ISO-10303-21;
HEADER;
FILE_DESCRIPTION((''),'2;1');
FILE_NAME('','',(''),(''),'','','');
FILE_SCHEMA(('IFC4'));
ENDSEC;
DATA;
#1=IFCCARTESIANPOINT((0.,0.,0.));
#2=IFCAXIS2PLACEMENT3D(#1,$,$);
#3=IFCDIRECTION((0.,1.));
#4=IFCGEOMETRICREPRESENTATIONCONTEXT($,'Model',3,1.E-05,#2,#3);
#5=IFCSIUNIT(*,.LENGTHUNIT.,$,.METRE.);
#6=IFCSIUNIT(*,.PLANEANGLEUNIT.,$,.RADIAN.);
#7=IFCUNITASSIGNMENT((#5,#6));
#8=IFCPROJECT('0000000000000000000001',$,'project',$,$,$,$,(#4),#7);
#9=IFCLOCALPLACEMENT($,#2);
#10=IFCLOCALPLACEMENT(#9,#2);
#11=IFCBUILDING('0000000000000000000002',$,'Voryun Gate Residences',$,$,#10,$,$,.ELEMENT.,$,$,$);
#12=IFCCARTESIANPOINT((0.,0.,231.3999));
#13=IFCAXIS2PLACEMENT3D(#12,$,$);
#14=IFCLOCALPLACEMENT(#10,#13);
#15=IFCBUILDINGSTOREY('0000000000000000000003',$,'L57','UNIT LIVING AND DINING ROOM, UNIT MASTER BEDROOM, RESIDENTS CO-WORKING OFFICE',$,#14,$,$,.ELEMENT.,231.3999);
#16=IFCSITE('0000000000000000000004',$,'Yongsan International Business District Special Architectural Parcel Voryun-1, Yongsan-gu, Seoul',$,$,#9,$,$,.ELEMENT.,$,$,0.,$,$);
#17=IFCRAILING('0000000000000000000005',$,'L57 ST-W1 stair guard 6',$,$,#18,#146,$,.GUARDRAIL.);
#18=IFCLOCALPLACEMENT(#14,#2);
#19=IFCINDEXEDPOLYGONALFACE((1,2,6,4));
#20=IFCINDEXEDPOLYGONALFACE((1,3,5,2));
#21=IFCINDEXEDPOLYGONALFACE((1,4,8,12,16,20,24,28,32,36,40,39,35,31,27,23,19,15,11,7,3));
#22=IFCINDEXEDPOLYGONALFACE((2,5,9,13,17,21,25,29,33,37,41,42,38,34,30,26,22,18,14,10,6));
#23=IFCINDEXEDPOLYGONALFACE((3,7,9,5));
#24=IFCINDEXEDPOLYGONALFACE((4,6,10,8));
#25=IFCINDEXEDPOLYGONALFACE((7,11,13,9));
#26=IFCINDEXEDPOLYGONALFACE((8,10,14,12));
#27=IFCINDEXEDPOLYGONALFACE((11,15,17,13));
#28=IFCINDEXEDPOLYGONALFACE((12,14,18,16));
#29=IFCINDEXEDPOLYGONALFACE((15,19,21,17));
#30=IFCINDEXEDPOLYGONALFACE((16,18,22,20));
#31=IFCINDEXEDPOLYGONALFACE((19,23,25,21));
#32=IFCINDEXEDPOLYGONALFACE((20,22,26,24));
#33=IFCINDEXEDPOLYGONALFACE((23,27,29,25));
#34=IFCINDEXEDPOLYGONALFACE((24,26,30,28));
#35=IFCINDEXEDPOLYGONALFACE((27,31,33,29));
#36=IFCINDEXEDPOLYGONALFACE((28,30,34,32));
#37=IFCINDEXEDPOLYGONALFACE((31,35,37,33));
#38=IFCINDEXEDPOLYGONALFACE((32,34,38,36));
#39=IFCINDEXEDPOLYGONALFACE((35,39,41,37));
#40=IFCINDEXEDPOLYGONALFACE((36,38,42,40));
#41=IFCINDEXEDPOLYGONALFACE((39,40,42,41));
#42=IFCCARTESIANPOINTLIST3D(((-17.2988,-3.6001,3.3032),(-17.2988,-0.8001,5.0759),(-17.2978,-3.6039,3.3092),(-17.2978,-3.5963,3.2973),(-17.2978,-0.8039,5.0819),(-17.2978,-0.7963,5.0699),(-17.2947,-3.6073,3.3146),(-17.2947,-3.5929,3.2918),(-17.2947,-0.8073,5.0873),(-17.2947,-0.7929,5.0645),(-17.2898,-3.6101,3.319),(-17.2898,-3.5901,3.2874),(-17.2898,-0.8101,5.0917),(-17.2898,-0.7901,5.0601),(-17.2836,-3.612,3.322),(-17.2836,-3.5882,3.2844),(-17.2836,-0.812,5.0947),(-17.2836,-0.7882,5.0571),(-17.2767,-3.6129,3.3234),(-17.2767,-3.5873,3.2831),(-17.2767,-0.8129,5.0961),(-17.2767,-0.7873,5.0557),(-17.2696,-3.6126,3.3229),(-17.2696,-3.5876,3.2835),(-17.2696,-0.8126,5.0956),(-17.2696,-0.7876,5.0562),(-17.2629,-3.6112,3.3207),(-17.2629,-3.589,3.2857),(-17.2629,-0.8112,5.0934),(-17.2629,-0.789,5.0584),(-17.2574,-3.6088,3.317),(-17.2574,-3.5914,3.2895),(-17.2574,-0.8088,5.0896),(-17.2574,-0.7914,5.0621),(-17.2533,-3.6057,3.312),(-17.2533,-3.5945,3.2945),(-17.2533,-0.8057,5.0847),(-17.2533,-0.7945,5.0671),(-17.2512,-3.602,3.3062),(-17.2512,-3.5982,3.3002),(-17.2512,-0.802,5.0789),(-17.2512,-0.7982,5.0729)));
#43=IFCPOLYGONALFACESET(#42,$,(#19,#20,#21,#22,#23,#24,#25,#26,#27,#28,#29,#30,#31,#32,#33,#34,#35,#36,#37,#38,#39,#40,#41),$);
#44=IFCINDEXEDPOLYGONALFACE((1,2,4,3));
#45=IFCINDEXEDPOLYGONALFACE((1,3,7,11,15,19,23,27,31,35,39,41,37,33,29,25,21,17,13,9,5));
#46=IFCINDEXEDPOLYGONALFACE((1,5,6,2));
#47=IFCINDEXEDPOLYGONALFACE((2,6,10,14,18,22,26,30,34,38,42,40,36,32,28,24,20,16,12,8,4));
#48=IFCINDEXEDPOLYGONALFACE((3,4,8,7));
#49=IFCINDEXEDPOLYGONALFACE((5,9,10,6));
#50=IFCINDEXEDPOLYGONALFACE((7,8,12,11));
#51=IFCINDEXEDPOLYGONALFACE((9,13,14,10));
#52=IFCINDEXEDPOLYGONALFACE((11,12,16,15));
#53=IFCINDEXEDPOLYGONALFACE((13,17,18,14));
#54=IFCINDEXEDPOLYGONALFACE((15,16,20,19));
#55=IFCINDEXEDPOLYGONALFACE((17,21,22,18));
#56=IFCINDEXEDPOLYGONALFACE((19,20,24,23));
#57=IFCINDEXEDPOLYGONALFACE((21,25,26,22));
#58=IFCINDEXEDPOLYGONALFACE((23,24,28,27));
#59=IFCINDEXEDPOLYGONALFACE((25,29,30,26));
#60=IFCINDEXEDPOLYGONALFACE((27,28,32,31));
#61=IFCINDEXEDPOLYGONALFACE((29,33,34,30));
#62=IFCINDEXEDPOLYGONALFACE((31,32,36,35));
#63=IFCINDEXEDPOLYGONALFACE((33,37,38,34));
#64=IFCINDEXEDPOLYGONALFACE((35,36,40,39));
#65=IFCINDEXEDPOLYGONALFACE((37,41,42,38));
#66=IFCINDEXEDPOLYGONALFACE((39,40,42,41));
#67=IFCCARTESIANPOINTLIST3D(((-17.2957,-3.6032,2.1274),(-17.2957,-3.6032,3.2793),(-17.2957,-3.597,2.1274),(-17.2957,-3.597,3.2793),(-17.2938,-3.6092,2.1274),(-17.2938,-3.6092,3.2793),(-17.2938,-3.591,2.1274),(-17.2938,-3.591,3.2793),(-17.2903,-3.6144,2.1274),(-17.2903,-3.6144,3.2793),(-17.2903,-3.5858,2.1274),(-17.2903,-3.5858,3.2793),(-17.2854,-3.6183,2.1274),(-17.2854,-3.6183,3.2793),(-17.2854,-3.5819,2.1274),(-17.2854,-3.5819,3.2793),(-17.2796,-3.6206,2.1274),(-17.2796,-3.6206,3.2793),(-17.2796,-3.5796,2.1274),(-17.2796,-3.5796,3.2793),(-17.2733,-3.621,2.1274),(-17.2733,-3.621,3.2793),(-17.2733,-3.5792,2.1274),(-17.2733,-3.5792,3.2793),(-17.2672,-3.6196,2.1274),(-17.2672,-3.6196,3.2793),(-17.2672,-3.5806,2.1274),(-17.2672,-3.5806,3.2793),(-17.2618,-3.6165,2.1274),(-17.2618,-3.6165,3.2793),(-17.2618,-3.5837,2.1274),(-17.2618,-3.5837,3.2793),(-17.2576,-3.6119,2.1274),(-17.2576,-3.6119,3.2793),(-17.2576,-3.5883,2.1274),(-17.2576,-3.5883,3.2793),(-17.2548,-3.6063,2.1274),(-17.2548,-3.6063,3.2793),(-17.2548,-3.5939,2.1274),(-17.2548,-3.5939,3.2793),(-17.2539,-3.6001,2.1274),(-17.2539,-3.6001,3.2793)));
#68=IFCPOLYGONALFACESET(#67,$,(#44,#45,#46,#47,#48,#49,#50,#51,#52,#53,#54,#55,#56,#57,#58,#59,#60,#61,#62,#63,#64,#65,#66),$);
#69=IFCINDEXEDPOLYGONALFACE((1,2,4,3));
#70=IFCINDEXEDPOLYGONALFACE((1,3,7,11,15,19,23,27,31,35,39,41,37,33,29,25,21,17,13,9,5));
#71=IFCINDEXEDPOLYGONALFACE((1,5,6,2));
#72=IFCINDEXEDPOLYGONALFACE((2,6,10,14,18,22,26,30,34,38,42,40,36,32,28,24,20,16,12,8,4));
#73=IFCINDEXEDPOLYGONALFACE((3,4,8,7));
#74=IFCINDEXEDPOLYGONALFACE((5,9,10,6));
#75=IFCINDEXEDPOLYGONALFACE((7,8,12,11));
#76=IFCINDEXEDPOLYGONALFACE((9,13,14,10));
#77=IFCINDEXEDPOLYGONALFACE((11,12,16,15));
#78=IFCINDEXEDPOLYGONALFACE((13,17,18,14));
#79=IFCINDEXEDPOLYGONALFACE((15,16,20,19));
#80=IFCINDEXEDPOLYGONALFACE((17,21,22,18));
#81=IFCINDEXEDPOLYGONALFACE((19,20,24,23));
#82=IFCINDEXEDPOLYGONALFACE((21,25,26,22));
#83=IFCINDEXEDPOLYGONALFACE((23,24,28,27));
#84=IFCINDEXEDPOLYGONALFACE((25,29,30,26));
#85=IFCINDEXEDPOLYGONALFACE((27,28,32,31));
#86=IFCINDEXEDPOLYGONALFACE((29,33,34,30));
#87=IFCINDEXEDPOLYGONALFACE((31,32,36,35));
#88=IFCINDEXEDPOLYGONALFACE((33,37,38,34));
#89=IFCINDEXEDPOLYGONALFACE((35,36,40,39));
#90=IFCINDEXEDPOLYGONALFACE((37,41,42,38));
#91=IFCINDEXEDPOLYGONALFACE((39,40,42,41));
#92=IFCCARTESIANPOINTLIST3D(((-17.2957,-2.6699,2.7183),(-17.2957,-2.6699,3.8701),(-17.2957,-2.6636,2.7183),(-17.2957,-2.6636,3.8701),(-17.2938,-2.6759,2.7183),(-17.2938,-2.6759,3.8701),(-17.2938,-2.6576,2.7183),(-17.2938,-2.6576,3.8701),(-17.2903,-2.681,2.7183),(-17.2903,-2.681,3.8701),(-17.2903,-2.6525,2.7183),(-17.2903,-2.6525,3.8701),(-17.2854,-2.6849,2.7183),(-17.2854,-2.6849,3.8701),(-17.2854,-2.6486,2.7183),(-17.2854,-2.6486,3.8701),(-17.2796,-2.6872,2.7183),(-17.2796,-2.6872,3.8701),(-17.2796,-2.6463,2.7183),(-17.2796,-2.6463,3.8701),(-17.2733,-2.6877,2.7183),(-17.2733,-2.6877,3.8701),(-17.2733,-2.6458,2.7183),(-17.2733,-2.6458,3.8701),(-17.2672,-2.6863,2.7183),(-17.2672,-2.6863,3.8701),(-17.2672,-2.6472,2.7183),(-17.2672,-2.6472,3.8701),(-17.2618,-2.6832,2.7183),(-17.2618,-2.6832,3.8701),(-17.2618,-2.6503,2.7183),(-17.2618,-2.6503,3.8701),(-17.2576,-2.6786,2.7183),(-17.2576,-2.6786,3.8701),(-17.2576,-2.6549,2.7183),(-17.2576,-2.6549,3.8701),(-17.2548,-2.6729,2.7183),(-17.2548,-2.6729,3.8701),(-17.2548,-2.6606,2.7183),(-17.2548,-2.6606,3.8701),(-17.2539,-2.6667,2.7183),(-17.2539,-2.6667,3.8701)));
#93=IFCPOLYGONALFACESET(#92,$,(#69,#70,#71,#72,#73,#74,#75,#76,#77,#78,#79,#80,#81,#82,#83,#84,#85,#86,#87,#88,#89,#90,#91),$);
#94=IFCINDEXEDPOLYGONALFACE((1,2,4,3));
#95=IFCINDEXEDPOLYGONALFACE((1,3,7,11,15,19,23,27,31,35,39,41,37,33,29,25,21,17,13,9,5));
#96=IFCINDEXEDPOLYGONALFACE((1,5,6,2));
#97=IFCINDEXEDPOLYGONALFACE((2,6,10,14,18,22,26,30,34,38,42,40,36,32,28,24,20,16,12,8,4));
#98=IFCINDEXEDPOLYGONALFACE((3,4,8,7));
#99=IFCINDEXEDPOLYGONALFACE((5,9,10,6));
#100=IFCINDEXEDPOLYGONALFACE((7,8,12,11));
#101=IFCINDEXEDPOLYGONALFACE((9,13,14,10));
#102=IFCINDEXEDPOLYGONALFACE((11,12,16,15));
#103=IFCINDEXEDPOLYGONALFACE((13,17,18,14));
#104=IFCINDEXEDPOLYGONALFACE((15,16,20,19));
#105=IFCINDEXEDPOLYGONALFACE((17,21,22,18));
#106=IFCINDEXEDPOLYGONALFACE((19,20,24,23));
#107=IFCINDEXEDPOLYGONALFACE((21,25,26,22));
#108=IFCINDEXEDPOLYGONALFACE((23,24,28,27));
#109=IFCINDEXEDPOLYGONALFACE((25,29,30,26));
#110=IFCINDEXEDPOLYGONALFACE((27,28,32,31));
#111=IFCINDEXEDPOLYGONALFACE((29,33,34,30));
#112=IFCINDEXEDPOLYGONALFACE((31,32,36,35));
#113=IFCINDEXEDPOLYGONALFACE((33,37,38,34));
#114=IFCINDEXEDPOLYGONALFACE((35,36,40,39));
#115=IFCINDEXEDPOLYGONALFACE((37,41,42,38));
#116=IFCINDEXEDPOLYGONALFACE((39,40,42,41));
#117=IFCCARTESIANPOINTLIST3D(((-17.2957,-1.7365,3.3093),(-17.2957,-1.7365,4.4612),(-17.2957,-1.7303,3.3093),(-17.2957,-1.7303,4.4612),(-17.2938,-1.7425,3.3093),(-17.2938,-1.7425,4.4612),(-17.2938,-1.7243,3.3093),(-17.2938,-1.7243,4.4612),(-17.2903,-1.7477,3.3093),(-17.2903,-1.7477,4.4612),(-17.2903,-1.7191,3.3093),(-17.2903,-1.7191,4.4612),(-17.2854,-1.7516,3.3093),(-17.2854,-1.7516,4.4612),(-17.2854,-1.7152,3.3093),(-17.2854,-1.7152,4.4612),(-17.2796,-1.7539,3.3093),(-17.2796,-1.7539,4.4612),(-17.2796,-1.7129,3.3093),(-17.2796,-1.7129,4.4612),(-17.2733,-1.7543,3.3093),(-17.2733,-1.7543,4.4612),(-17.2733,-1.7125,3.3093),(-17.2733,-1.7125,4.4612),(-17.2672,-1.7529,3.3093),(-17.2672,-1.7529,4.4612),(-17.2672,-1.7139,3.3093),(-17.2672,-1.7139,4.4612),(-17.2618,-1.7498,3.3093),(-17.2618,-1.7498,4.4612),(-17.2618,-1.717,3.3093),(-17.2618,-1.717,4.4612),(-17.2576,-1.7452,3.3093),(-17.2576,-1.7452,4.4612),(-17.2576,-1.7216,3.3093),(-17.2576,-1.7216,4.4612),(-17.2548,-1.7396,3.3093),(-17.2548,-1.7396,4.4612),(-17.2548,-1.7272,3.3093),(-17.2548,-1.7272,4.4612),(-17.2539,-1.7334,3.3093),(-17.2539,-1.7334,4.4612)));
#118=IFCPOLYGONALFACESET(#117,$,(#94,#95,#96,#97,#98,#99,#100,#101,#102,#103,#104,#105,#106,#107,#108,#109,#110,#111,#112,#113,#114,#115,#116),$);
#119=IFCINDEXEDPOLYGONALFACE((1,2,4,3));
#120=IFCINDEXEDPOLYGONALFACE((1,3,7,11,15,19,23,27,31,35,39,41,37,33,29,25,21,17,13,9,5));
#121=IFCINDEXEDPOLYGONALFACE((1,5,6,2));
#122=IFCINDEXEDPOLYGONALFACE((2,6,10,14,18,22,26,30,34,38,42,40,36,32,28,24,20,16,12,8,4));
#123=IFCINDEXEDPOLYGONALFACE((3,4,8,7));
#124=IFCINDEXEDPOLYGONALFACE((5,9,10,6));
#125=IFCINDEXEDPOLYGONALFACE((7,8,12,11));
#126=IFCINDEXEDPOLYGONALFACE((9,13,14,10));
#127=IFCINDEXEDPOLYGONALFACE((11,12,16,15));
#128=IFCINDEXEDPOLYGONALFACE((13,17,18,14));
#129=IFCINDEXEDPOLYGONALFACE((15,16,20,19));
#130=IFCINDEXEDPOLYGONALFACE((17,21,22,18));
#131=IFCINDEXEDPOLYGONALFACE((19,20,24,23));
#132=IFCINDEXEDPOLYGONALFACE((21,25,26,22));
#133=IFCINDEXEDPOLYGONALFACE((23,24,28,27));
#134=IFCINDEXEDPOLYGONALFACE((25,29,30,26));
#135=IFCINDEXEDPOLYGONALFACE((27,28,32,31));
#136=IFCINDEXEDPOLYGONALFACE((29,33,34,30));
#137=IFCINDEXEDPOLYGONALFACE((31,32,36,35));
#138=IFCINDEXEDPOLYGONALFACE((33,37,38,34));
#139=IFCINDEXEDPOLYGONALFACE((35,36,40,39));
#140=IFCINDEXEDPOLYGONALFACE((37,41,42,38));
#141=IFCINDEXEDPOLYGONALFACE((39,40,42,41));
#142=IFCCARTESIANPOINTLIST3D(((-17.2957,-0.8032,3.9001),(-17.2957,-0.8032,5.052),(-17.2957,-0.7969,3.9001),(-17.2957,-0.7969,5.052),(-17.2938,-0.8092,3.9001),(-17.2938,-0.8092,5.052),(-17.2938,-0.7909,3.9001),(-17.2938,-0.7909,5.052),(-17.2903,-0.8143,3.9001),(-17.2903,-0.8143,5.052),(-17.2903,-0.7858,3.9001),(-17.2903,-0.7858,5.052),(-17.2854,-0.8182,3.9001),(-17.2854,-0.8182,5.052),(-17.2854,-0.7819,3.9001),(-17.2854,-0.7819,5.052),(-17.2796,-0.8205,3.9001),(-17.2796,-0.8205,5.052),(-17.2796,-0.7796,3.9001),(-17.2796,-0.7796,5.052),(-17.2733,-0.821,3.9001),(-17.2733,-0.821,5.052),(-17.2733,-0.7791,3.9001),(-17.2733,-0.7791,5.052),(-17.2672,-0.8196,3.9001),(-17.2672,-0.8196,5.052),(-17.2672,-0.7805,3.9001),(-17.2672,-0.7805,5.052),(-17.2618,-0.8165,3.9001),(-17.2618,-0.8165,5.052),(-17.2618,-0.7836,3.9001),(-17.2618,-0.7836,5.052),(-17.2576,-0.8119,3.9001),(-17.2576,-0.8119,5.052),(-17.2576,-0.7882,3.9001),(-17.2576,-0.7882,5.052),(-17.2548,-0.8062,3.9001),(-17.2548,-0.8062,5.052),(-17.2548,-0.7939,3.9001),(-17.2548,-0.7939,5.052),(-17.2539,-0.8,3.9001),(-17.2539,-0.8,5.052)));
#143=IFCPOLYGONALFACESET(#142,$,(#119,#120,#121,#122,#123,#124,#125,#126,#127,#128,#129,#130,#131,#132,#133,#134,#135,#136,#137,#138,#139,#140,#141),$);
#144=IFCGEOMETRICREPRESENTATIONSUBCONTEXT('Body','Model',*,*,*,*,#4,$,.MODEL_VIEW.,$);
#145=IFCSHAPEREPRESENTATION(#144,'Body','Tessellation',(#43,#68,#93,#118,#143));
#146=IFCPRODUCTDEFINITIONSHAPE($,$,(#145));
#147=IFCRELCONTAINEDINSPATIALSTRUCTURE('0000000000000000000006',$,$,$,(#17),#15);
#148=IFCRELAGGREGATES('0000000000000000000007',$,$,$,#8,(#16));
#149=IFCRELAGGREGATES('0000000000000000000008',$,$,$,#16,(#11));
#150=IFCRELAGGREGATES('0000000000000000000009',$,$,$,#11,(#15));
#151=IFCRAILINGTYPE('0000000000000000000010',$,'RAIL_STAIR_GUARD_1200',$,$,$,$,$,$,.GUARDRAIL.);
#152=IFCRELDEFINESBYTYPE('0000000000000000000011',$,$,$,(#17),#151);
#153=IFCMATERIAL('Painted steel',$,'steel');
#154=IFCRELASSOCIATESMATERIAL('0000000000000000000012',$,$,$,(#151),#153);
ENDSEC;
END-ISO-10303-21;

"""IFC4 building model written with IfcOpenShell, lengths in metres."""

from ifc_helpers import new_model, si_unit, direction, frame, origin, origin_2d, place, context, subcontext, project, spatial, circle, extrude, material, type_object, element, save


model = new_model("IFC4")

# Units and contexts
model_context = context("Model", 3, precision=1e-05, world=origin(), true_north=direction((0.0, 1.0)))
body_context = subcontext(model_context, "Body", "Model", "MODEL_VIEW")
ifc_project = project(units=[si_unit("LENGTHUNIT", "METRE"), si_unit("PLANEANGLEUNIT", "RADIAN")], contexts=[model_context])

# Site, building, storey
site_placement = place(None, origin())
site = spatial("IfcSite", under=ifc_project, at=site_placement, Name="Yongsan International Business District Special Architectural Parcel Voryun-1, Yongsan-gu, Seoul", CompositionType="ELEMENT", RefElevation=0.0)
building_placement = place(site_placement, origin())
building = spatial("IfcBuilding", under=site, at=building_placement, Name="Voryun Gate Residences", CompositionType="ELEMENT")
storey_placement = place(building_placement, frame((0.0, 0.0, 231.3999)))
storey = spatial("IfcBuildingStorey", under=building, at=storey_placement, Name="L57", Description="UNIT LIVING AND DINING ROOM, UNIT MASTER BEDROOM, RESIDENTS CO-WORKING OFFICE", CompositionType="ELEMENT", Elevation=231.3999)

# Railing
ifc_material_1 = material(Name="Painted steel", Category="steel")
railing_type_1 = type_object("IfcRailingType", Name="RAIL_STAIR_GUARD_1200", PredefinedType="GUARDRAIL", material=ifc_material_1)
railing_1_placement = place(storey_placement, frame((-17.2749, -3.6001, 2.1274)))
element("IfcRailing", 1, at=railing_1_placement, inside=storey, type_object=railing_type_1, Name="L57 ST-W1 stair guard 6", PredefinedType="GUARDRAIL", context=body_context, shape_type="SweptSolid", body=[
    extrude(circle(Radius=0.0239, at=origin_2d()), frame((0.0, 0.0, 1.1758), z_axis=(0.0, 0.844909, 0.53491), x_axis=(-1.0, 0.0, 0.0)), (0.0, 0.0, 1.0), 3.314),
    extrude(circle(Radius=0.021, at=origin_2d()), origin(), (0.0, 0.0, 1.0), 1.1519),
    extrude(circle(Radius=0.021, at=origin_2d()), frame((0.0, 0.9333, 0.5908)), (0.0, 0.0, 1.0), 1.1519),
    extrude(circle(Radius=0.021, at=origin_2d()), frame((0.0, 1.8667, 1.1819)), (0.0, 0.0, 1.0), 1.1519),
    extrude(circle(Radius=0.021, at=origin_2d()), frame((0.0, 2.8, 1.7727)), (0.0, 0.0, 1.0), 1.1519),
])

save(model, "model.ifc")
